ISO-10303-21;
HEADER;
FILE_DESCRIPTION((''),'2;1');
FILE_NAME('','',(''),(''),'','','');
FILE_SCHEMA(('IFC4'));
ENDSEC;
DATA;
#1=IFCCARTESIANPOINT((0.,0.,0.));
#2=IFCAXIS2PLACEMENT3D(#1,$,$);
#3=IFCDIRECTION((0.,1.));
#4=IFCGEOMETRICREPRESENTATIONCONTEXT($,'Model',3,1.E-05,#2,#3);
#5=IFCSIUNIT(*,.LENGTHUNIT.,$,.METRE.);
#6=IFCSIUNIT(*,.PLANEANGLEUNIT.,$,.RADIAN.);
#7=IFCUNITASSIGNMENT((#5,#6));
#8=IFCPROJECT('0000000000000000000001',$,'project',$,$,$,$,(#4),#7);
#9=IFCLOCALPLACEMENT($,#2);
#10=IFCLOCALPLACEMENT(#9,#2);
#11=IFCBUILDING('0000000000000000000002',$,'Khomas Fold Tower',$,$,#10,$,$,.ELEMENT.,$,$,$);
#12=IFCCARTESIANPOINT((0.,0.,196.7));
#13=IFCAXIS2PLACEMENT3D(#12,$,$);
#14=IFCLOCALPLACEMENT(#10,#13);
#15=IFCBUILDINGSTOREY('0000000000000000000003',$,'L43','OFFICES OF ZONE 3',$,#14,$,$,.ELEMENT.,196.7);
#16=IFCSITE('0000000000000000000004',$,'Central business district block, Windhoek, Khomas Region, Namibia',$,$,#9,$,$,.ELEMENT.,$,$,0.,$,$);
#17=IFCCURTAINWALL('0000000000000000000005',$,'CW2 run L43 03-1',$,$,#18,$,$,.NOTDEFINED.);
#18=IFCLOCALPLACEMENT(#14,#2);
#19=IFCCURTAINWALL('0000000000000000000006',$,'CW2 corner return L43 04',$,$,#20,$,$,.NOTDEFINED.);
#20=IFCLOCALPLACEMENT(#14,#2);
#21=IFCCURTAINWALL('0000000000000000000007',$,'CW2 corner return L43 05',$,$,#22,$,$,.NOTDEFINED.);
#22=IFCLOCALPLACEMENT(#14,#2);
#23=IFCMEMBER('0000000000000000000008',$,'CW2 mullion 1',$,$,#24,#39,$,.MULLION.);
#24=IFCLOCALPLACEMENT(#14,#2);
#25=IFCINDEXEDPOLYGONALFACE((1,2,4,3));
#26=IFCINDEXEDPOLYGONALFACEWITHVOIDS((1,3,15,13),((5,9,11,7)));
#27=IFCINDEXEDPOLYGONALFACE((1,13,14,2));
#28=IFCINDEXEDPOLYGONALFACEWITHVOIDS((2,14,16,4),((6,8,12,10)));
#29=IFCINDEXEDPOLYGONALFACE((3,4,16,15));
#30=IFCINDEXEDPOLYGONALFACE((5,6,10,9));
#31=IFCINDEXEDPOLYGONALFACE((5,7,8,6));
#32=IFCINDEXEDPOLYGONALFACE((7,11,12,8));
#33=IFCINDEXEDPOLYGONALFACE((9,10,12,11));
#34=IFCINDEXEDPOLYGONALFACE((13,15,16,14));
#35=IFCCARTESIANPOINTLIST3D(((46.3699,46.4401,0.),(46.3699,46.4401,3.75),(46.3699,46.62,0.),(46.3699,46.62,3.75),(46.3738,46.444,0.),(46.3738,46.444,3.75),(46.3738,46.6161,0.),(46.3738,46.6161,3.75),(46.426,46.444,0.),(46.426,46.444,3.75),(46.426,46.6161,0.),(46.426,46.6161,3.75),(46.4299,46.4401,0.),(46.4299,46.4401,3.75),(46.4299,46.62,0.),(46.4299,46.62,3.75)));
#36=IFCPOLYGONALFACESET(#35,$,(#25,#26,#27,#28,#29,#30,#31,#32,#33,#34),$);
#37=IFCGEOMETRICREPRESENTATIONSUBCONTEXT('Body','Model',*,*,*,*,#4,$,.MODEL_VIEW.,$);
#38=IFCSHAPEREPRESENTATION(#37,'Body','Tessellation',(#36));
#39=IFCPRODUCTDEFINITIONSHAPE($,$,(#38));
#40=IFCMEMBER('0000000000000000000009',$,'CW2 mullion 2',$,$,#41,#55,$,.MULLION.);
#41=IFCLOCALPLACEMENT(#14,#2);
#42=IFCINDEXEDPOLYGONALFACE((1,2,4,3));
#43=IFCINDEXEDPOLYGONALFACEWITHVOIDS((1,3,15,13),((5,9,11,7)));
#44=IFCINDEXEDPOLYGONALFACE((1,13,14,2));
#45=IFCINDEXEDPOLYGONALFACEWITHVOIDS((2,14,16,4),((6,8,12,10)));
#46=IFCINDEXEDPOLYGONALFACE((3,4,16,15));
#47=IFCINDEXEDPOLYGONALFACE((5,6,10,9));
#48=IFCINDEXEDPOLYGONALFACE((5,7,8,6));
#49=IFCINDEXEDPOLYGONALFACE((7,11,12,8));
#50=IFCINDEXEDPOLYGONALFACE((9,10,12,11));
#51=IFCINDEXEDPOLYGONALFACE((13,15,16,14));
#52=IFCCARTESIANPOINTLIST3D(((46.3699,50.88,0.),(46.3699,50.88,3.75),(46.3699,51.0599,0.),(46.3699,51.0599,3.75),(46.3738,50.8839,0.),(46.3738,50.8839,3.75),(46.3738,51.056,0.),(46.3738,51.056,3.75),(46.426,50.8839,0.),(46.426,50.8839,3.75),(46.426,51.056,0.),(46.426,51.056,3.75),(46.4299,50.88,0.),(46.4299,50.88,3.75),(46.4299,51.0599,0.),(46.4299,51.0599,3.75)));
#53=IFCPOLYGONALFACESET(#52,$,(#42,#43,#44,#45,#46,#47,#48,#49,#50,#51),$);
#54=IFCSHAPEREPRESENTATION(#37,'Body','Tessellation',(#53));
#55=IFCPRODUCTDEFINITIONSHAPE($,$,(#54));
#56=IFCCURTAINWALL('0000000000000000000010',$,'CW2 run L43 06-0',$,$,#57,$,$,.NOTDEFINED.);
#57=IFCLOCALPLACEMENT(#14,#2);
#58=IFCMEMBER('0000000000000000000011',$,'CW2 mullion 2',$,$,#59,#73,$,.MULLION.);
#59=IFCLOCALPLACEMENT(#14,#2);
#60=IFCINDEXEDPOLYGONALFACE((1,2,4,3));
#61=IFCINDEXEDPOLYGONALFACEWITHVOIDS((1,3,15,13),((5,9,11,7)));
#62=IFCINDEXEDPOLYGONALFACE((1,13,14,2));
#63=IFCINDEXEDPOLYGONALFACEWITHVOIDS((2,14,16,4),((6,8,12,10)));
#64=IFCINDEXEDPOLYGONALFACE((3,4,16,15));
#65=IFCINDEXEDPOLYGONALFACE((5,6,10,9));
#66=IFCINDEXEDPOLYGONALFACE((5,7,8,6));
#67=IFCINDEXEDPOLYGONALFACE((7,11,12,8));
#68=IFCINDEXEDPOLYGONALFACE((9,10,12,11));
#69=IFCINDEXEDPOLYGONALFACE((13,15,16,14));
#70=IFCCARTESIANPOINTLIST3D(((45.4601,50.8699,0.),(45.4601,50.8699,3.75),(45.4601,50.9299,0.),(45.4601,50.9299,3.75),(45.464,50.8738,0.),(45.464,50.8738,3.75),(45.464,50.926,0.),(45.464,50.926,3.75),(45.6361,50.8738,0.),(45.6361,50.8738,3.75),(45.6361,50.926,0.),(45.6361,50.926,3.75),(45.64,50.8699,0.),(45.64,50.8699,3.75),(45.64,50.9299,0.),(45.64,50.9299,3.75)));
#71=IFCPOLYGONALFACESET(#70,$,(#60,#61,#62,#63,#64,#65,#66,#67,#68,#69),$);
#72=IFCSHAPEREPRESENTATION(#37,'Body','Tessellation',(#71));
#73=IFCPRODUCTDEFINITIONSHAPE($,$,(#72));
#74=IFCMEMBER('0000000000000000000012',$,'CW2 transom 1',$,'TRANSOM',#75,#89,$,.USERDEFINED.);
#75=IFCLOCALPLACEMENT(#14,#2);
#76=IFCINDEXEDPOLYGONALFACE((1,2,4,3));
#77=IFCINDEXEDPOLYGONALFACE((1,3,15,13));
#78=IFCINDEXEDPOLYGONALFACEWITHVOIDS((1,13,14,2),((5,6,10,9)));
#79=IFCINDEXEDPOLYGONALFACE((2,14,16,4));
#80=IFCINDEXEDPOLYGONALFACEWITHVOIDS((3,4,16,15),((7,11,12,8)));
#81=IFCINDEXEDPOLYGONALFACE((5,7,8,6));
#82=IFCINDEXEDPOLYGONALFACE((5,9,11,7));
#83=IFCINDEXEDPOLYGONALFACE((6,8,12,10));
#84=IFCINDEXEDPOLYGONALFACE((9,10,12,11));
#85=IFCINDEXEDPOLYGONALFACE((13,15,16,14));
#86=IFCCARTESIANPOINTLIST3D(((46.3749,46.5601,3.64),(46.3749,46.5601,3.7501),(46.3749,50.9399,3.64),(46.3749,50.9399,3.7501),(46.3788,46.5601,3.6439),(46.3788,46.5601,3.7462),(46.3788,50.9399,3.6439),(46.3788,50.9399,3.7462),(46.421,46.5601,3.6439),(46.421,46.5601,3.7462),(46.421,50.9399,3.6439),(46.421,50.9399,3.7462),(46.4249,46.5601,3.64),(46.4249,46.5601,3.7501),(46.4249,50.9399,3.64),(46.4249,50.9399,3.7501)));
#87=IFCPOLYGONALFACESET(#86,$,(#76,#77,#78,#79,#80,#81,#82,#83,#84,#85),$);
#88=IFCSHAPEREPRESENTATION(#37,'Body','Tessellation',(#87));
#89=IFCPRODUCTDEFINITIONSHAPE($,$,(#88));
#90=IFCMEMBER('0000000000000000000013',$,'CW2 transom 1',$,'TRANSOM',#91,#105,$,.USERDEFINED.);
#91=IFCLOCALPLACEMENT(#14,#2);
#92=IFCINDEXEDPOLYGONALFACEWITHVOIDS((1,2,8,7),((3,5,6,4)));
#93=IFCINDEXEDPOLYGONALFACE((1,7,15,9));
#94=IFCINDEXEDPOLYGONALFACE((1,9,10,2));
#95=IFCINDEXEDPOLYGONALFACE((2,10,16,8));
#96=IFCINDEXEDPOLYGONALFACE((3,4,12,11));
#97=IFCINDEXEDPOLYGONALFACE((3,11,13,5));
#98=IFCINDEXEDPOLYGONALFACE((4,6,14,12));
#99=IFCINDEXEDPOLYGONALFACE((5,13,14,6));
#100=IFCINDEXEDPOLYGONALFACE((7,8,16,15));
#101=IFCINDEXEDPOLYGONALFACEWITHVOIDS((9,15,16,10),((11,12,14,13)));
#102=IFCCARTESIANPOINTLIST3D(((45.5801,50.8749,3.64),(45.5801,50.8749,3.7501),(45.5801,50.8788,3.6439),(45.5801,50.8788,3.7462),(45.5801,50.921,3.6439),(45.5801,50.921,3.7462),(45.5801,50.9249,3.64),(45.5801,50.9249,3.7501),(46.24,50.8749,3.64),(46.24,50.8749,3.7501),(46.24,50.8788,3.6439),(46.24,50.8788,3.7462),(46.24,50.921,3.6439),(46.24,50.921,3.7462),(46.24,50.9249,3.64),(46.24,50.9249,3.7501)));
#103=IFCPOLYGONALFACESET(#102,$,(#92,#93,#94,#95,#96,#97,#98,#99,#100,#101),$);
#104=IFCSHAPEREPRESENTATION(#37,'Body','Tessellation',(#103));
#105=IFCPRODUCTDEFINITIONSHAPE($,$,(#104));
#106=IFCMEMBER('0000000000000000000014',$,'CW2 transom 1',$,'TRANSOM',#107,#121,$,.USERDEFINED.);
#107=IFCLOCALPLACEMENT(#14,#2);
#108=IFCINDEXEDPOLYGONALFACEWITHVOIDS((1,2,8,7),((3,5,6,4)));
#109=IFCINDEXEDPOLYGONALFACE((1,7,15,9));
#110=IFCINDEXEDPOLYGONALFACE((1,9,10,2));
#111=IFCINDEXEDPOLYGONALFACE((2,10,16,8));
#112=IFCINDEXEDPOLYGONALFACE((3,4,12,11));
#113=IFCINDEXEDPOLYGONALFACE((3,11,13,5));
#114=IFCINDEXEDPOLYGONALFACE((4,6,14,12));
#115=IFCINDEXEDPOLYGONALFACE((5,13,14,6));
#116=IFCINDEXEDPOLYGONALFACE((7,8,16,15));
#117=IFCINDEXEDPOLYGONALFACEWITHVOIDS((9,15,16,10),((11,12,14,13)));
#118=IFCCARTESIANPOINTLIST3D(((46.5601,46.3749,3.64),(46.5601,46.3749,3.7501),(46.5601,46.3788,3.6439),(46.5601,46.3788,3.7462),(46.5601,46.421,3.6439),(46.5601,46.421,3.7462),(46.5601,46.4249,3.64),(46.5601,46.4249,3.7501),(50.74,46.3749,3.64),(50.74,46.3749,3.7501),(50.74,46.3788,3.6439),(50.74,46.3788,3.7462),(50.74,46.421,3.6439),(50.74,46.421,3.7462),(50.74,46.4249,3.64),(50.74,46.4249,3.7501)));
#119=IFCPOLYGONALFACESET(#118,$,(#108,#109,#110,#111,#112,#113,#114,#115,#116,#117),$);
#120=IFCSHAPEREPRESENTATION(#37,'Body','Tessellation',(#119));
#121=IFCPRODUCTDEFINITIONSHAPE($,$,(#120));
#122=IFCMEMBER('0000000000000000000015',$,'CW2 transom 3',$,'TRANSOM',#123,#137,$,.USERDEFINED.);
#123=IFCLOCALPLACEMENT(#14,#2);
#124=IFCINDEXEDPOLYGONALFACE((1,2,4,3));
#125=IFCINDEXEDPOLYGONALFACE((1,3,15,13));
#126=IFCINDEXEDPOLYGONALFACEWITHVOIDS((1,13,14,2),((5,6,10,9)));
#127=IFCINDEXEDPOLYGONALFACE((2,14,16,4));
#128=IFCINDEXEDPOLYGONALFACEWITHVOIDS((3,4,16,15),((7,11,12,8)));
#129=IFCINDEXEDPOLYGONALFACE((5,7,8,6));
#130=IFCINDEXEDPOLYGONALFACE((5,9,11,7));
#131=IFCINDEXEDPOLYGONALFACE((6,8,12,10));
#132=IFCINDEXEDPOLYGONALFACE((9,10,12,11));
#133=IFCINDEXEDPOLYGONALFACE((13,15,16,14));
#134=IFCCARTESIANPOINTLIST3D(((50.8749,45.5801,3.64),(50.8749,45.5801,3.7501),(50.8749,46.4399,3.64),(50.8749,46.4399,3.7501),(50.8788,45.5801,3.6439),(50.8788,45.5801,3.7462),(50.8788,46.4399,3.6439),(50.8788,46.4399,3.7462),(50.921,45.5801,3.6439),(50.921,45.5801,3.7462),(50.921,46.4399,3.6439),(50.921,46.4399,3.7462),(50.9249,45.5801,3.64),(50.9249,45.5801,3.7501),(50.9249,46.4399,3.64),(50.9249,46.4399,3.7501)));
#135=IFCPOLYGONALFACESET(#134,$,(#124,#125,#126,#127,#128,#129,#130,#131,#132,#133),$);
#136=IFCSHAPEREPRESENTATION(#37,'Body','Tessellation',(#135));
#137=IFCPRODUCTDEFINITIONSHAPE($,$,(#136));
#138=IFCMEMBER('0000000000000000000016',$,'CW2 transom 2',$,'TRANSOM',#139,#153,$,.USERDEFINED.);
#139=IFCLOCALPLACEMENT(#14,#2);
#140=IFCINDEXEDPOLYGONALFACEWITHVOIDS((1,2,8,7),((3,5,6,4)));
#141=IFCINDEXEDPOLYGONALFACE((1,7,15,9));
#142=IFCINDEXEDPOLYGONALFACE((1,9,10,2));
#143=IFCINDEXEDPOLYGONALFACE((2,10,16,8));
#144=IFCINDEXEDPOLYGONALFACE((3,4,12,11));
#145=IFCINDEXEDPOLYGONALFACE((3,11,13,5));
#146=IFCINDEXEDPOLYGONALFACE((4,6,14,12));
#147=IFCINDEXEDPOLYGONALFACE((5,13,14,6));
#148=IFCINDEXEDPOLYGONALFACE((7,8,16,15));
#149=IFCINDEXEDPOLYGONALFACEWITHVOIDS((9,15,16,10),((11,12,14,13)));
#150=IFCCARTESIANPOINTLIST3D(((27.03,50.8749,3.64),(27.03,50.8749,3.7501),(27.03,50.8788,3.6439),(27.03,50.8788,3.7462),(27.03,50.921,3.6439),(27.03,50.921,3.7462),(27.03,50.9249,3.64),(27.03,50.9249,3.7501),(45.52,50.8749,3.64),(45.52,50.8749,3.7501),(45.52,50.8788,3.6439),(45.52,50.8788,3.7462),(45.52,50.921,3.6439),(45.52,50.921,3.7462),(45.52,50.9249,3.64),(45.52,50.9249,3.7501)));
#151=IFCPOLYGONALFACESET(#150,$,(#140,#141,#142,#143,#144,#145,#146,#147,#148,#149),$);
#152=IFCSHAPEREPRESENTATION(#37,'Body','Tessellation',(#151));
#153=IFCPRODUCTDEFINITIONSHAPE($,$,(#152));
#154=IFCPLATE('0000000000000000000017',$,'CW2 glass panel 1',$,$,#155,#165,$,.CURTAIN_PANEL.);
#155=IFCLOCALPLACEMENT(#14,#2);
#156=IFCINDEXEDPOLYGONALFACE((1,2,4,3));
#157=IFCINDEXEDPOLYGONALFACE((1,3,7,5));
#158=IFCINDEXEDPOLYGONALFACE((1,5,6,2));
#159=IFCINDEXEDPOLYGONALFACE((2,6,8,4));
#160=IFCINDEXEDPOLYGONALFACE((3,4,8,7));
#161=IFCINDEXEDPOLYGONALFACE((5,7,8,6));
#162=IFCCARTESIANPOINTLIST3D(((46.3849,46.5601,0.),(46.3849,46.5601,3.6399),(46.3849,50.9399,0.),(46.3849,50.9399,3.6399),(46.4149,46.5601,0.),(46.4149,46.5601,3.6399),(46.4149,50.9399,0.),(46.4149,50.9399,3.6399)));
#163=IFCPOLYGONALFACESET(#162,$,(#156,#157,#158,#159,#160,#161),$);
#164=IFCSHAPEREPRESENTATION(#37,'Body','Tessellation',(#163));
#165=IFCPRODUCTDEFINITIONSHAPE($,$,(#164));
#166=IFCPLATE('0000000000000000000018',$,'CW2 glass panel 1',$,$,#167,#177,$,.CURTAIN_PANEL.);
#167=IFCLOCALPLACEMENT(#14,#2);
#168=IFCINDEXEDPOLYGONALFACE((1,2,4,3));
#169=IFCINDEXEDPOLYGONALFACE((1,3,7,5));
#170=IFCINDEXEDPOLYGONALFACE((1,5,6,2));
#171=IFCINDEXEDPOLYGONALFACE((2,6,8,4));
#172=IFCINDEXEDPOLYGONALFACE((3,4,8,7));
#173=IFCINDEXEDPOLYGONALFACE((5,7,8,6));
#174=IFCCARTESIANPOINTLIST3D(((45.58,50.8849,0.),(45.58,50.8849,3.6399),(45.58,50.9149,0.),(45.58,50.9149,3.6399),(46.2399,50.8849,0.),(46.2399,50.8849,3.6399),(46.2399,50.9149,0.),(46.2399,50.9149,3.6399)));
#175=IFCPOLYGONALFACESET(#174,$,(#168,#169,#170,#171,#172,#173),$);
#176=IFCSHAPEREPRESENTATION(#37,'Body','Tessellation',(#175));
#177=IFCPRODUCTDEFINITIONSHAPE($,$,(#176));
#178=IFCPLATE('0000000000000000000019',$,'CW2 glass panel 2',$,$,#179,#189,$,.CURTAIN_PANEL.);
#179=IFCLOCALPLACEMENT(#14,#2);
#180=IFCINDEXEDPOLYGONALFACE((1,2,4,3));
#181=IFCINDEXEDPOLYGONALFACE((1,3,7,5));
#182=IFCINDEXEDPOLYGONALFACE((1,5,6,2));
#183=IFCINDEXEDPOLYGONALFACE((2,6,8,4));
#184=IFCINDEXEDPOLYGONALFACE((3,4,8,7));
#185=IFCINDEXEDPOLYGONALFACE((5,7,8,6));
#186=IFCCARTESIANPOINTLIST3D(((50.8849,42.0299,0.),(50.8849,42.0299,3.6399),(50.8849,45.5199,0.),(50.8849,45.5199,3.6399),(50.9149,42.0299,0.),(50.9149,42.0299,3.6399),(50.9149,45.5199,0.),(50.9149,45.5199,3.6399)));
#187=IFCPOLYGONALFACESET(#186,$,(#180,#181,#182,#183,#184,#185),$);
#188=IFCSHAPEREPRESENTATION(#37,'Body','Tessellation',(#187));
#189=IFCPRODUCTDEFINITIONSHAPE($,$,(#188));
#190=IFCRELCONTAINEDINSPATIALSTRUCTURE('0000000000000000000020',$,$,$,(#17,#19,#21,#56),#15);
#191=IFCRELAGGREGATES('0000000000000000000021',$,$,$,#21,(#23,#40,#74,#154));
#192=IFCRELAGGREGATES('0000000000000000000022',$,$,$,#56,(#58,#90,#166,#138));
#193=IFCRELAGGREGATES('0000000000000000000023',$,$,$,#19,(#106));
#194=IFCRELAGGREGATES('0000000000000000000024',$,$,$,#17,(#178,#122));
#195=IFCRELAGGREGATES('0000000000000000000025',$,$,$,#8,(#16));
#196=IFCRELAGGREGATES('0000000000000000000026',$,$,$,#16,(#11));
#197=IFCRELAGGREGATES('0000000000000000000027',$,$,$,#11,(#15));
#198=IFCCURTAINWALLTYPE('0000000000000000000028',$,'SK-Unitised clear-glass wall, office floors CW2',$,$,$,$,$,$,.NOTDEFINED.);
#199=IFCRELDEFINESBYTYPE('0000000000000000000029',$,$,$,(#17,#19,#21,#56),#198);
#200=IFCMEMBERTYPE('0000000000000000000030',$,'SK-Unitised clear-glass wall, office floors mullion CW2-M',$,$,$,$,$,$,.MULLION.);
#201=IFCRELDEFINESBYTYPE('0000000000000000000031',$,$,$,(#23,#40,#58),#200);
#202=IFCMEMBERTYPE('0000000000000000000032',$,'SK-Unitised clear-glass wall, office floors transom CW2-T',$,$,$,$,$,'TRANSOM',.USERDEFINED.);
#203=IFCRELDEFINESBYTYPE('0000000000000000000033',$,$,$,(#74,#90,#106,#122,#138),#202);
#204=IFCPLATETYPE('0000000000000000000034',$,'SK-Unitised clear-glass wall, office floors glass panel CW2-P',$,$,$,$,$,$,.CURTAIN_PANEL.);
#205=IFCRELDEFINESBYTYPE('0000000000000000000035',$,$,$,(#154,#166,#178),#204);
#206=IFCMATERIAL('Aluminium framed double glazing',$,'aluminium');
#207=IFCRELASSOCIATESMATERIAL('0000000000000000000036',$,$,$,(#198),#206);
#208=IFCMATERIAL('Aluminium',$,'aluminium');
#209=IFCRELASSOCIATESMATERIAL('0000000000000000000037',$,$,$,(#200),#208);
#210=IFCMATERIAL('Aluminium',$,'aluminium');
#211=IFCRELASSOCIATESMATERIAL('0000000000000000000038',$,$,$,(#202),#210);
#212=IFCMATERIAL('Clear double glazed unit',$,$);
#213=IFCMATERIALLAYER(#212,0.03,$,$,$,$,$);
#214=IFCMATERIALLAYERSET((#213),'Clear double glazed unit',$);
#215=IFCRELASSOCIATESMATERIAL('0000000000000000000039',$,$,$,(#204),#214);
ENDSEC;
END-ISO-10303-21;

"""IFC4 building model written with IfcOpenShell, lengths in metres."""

from ifc_helpers import new_model, si_unit, direction, frame, origin, origin_2d, place, context, subcontext, project, spatial, rectangle, hollow_rectangle, extrude, source, transform, mapped, material, layer, layer_set, material_profile, profile_set, type_object, element, aggregate, save


model = new_model("IFC4")

# Units and contexts
model_context = context("Model", 3, precision=1e-05, world=origin(), true_north=direction((0.0, 1.0)))
body_context = subcontext(model_context, "Body", "Model", "MODEL_VIEW")
ifc_project = project(units=[si_unit("LENGTHUNIT", "METRE"), si_unit("PLANEANGLEUNIT", "RADIAN")], contexts=[model_context])

# Site, building, storey
site_placement = place(None, origin())
site = spatial("IfcSite", under=ifc_project, at=site_placement, Name="Central business district block, Windhoek, Khomas Region, Namibia", CompositionType="ELEMENT", RefElevation=0.0)
building_placement = place(site_placement, origin())
building = spatial("IfcBuilding", under=site, at=building_placement, Name="Khomas Fold Tower", CompositionType="ELEMENT")
storey_placement = place(building_placement, frame((0.0, 0.0, 196.7)))
storey = spatial("IfcBuildingStorey", under=building, at=storey_placement, Name="L43", Description="OFFICES OF ZONE 3", CompositionType="ELEMENT", Elevation=196.7)

# Curtain walls, members
ifc_material_1 = material(Name="Aluminium framed double glazing", Category="aluminium")
curtain_wall_type = type_object("IfcCurtainWallType", Name="SK-Unitised clear-glass wall, office floors CW2", PredefinedType="NOTDEFINED", material=ifc_material_1)
curtain_wall_1_placement = place(storey_placement, origin())
curtain_wall_1 = element("IfcCurtainWall", 1, at=curtain_wall_1_placement, inside=storey, type_object=curtain_wall_type, Name="CW2 run L43 03-1", PredefinedType="NOTDEFINED")
ifc_material_2 = material(Name="Aluminium", Category="aluminium")
ifc_material_profile_1 = material_profile(ifc_material_2, hollow_rectangle(XDim=0.0601, YDim=0.1799, WallThickness=0.0039, at=origin_2d()), Name="SK-Unitised clear-glass wall, office floors mullion CW2-M")
ifc_profile_set_1 = profile_set([ifc_material_profile_1], Name="Aluminium")
member_type_1 = type_object("IfcMemberType", Name="SK-Unitised clear-glass wall, office floors mullion CW2-M", PredefinedType="MULLION", material=ifc_profile_set_1)
shared_shape_1 = source(origin(), body_context, "Body", "SweptSolid", [
    extrude(hollow_rectangle(XDim=0.0601, YDim=0.1799, WallThickness=0.0039, at=origin_2d()), origin(), (0.0, 0.0, 1.0), 3.75),
])
curtain_wall_2_placement = place(storey_placement, origin())
curtain_wall_2 = element("IfcCurtainWall", 2, at=curtain_wall_2_placement, inside=storey, type_object=curtain_wall_type, Name="CW2 corner return L43 04", PredefinedType="NOTDEFINED")
curtain_wall_3_placement = place(storey_placement, origin())
curtain_wall_3 = element("IfcCurtainWall", 3, at=curtain_wall_3_placement, inside=storey, type_object=curtain_wall_type, Name="CW2 corner return L43 05", PredefinedType="NOTDEFINED")
member_1_placement = place(storey_placement, frame((46.3999, 46.53, 0.0), z_axis=(0.0, 0.0, 1.0), x_axis=(-1.0, 0.0, 0.0)))
member_1 = element("IfcMember", 4, at=member_1_placement, type_object=member_type_1, Name="CW2 mullion 1", PredefinedType="MULLION", context=body_context, shape_type="MappedRepresentation", body=[
    mapped(shared_shape_1, transform((0.0, 0.0, 0.0))),
])
member_2_placement = place(storey_placement, frame((46.3999, 50.97, 0.0), z_axis=(0.0, 0.0, 1.0), x_axis=(-1.0, 0.0, 0.0)))
member_2 = element("IfcMember", 5, at=member_2_placement, type_object=member_type_1, Name="CW2 mullion 2", PredefinedType="MULLION", context=body_context, shape_type="MappedRepresentation", body=[
    mapped(shared_shape_1, transform((0.0, 0.0, 0.0))),
])

# Curtain wall, member
curtain_wall_4_placement = place(storey_placement, origin())
curtain_wall_4 = element("IfcCurtainWall", 6, at=curtain_wall_4_placement, inside=storey, type_object=curtain_wall_type, Name="CW2 run L43 06-0", PredefinedType="NOTDEFINED")
member_3_placement = place(storey_placement, frame((45.55, 50.8999, 0.0), z_axis=(0.0, 0.0, 1.0), x_axis=(0.0, -1.0, 0.0)))
member_3 = element("IfcMember", 7, at=member_3_placement, type_object=member_type_1, Name="CW2 mullion 2", PredefinedType="MULLION", context=body_context, shape_type="MappedRepresentation", body=[
    mapped(shared_shape_1, transform((0.0, 0.0, 0.0))),
])

# Members
ifc_material_3 = material(Name="Aluminium", Category="aluminium")
ifc_material_profile_2 = material_profile(ifc_material_3, hollow_rectangle(XDim=0.05, YDim=0.1101, WallThickness=0.0039, at=origin_2d()), Name="SK-Unitised clear-glass wall, office floors transom CW2-T")
ifc_profile_set_2 = profile_set([ifc_material_profile_2], Name="Aluminium")
member_type_2 = type_object("IfcMemberType", Name="SK-Unitised clear-glass wall, office floors transom CW2-T", ElementType="TRANSOM", PredefinedType="USERDEFINED", material=ifc_profile_set_2)
shared_shape_2 = source(origin(), body_context, "Body", "SweptSolid", [
    extrude(hollow_rectangle(XDim=0.05, YDim=0.1101, WallThickness=0.0039, at=origin_2d()), origin(), (0.0, 0.0, 1.0), 4.3799),
])
member_4_placement = place(storey_placement, frame((46.3999, 46.5601, 3.6951), z_axis=(0.0, 1.0, 0.0), x_axis=(-1.0, 0.0, 0.0)))
member_4 = element("IfcMember", 8, at=member_4_placement, type_object=member_type_2, Name="CW2 transom 1", ObjectType="TRANSOM", PredefinedType="USERDEFINED", context=body_context, shape_type="MappedRepresentation", body=[
    mapped(shared_shape_2, transform((0.0, 0.0, 0.0))),
])
shared_shape_3 = source(origin(), body_context, "Body", "SweptSolid", [
    extrude(hollow_rectangle(XDim=0.05, YDim=0.1101, WallThickness=0.0039, at=origin_2d()), origin(), (0.0, 0.0, 1.0), 0.6599),
])
member_5_placement = place(storey_placement, frame((46.24, 50.8999, 3.6951), z_axis=(-1.0, 0.0, 0.0), x_axis=(0.0, -1.0, 0.0)))
member_5 = element("IfcMember", 9, at=member_5_placement, type_object=member_type_2, Name="CW2 transom 1", ObjectType="TRANSOM", PredefinedType="USERDEFINED", context=body_context, shape_type="MappedRepresentation", body=[
    mapped(shared_shape_3, transform((0.0, 0.0, 0.0))),
])
shared_shape_4 = source(origin(), body_context, "Body", "SweptSolid", [
    extrude(hollow_rectangle(XDim=0.05, YDim=0.1101, WallThickness=0.0039, at=origin_2d()), origin(), (0.0, 0.0, 1.0), 4.1799),
])
member_6_placement = place(storey_placement, frame((50.74, 46.3999, 3.6951), z_axis=(-1.0, 0.0, 0.0), x_axis=(0.0, -1.0, 0.0)))
member_6 = element("IfcMember", 10, at=member_6_placement, type_object=member_type_2, Name="CW2 transom 1", ObjectType="TRANSOM", PredefinedType="USERDEFINED", context=body_context, shape_type="MappedRepresentation", body=[
    mapped(shared_shape_4, transform((0.0, 0.0, 0.0))),
])
shared_shape_5 = source(origin(), body_context, "Body", "SweptSolid", [
    extrude(hollow_rectangle(XDim=0.05, YDim=0.1101, WallThickness=0.0039, at=origin_2d()), origin(), (0.0, 0.0, 1.0), 0.8599),
])
member_7_placement = place(storey_placement, frame((50.8999, 45.5801, 3.6951), z_axis=(0.0, 1.0, 0.0), x_axis=(-1.0, 0.0, 0.0)))
member_7 = element("IfcMember", 11, at=member_7_placement, type_object=member_type_2, Name="CW2 transom 3", ObjectType="TRANSOM", PredefinedType="USERDEFINED", context=body_context, shape_type="MappedRepresentation", body=[
    mapped(shared_shape_5, transform((0.0, 0.0, 0.0))),
])
shared_shape_6 = source(origin(), body_context, "Body", "SweptSolid", [
    extrude(hollow_rectangle(XDim=0.05, YDim=0.1101, WallThickness=0.0039, at=origin_2d()), origin(), (0.0, 0.0, 1.0), 18.49),
])
member_8_placement = place(storey_placement, frame((45.52, 50.8999, 3.6951), z_axis=(-1.0, 0.0, 0.0), x_axis=(0.0, -1.0, 0.0)))
member_8 = element("IfcMember", 12, at=member_8_placement, type_object=member_type_2, Name="CW2 transom 2", ObjectType="TRANSOM", PredefinedType="USERDEFINED", context=body_context, shape_type="MappedRepresentation", body=[
    mapped(shared_shape_6, transform((0.0, 0.0, 0.0))),
])

# Plates
ifc_material_4 = material(Name="Clear double glazed unit")
ifc_layer = layer(ifc_material_4, 0.03)
ifc_layer_set = layer_set([ifc_layer], Name="Clear double glazed unit")
plate_type = type_object("IfcPlateType", Name="SK-Unitised clear-glass wall, office floors glass panel CW2-P", PredefinedType="CURTAIN_PANEL", material=ifc_layer_set)
shared_shape_7 = source(origin(), body_context, "Body", "SweptSolid", [
    extrude(rectangle(XDim=4.3799, YDim=0.03, at=origin_2d()), origin(), (0.0, 0.0, 1.0), 3.6399),
])
plate_1_placement = place(storey_placement, frame((46.3999, 48.75, 0.0), z_axis=(0.0, 0.0, 1.0), x_axis=(0.0, 1.0, 0.0)))
plate_1 = element("IfcPlate", 13, at=plate_1_placement, type_object=plate_type, Name="CW2 glass panel 1", PredefinedType="CURTAIN_PANEL", context=body_context, shape_type="MappedRepresentation", body=[
    mapped(shared_shape_7, transform((0.0, 0.0, 0.0))),
])
aggregate(curtain_wall_3, [member_1, member_2, member_4, plate_1])
shared_shape_8 = source(origin(), body_context, "Body", "SweptSolid", [
    extrude(rectangle(XDim=0.6599, YDim=0.03, at=origin_2d()), origin(), (0.0, 0.0, 1.0), 3.6399),
])
plate_2_placement = place(storey_placement, frame((45.9099, 50.8999, 0.0), z_axis=(0.0, 0.0, 1.0), x_axis=(-1.0, 0.0, 0.0)))
plate_2 = element("IfcPlate", 14, at=plate_2_placement, type_object=plate_type, Name="CW2 glass panel 1", PredefinedType="CURTAIN_PANEL", context=body_context, shape_type="MappedRepresentation", body=[
    mapped(shared_shape_8, transform((0.0, 0.0, 0.0))),
])
aggregate(curtain_wall_4, [member_3, member_5, plate_2, member_8])
shared_shape_9 = source(origin(), body_context, "Body", "SweptSolid", [
    extrude(rectangle(XDim=3.49, YDim=0.03, at=origin_2d()), origin(), (0.0, 0.0, 1.0), 3.6399),
])
plate_3_placement = place(storey_placement, frame((50.8999, 43.7749, 0.0), z_axis=(0.0, 0.0, 1.0), x_axis=(0.0, 1.0, 0.0)))
plate_3 = element("IfcPlate", 15, at=plate_3_placement, type_object=plate_type, Name="CW2 glass panel 2", PredefinedType="CURTAIN_PANEL", context=body_context, shape_type="MappedRepresentation", body=[
    mapped(shared_shape_9, transform((0.0, 0.0, 0.0))),
])
aggregate(curtain_wall_2, [member_6])
aggregate(curtain_wall_1, [plate_3, member_7])

save(model, "model.ifc")
